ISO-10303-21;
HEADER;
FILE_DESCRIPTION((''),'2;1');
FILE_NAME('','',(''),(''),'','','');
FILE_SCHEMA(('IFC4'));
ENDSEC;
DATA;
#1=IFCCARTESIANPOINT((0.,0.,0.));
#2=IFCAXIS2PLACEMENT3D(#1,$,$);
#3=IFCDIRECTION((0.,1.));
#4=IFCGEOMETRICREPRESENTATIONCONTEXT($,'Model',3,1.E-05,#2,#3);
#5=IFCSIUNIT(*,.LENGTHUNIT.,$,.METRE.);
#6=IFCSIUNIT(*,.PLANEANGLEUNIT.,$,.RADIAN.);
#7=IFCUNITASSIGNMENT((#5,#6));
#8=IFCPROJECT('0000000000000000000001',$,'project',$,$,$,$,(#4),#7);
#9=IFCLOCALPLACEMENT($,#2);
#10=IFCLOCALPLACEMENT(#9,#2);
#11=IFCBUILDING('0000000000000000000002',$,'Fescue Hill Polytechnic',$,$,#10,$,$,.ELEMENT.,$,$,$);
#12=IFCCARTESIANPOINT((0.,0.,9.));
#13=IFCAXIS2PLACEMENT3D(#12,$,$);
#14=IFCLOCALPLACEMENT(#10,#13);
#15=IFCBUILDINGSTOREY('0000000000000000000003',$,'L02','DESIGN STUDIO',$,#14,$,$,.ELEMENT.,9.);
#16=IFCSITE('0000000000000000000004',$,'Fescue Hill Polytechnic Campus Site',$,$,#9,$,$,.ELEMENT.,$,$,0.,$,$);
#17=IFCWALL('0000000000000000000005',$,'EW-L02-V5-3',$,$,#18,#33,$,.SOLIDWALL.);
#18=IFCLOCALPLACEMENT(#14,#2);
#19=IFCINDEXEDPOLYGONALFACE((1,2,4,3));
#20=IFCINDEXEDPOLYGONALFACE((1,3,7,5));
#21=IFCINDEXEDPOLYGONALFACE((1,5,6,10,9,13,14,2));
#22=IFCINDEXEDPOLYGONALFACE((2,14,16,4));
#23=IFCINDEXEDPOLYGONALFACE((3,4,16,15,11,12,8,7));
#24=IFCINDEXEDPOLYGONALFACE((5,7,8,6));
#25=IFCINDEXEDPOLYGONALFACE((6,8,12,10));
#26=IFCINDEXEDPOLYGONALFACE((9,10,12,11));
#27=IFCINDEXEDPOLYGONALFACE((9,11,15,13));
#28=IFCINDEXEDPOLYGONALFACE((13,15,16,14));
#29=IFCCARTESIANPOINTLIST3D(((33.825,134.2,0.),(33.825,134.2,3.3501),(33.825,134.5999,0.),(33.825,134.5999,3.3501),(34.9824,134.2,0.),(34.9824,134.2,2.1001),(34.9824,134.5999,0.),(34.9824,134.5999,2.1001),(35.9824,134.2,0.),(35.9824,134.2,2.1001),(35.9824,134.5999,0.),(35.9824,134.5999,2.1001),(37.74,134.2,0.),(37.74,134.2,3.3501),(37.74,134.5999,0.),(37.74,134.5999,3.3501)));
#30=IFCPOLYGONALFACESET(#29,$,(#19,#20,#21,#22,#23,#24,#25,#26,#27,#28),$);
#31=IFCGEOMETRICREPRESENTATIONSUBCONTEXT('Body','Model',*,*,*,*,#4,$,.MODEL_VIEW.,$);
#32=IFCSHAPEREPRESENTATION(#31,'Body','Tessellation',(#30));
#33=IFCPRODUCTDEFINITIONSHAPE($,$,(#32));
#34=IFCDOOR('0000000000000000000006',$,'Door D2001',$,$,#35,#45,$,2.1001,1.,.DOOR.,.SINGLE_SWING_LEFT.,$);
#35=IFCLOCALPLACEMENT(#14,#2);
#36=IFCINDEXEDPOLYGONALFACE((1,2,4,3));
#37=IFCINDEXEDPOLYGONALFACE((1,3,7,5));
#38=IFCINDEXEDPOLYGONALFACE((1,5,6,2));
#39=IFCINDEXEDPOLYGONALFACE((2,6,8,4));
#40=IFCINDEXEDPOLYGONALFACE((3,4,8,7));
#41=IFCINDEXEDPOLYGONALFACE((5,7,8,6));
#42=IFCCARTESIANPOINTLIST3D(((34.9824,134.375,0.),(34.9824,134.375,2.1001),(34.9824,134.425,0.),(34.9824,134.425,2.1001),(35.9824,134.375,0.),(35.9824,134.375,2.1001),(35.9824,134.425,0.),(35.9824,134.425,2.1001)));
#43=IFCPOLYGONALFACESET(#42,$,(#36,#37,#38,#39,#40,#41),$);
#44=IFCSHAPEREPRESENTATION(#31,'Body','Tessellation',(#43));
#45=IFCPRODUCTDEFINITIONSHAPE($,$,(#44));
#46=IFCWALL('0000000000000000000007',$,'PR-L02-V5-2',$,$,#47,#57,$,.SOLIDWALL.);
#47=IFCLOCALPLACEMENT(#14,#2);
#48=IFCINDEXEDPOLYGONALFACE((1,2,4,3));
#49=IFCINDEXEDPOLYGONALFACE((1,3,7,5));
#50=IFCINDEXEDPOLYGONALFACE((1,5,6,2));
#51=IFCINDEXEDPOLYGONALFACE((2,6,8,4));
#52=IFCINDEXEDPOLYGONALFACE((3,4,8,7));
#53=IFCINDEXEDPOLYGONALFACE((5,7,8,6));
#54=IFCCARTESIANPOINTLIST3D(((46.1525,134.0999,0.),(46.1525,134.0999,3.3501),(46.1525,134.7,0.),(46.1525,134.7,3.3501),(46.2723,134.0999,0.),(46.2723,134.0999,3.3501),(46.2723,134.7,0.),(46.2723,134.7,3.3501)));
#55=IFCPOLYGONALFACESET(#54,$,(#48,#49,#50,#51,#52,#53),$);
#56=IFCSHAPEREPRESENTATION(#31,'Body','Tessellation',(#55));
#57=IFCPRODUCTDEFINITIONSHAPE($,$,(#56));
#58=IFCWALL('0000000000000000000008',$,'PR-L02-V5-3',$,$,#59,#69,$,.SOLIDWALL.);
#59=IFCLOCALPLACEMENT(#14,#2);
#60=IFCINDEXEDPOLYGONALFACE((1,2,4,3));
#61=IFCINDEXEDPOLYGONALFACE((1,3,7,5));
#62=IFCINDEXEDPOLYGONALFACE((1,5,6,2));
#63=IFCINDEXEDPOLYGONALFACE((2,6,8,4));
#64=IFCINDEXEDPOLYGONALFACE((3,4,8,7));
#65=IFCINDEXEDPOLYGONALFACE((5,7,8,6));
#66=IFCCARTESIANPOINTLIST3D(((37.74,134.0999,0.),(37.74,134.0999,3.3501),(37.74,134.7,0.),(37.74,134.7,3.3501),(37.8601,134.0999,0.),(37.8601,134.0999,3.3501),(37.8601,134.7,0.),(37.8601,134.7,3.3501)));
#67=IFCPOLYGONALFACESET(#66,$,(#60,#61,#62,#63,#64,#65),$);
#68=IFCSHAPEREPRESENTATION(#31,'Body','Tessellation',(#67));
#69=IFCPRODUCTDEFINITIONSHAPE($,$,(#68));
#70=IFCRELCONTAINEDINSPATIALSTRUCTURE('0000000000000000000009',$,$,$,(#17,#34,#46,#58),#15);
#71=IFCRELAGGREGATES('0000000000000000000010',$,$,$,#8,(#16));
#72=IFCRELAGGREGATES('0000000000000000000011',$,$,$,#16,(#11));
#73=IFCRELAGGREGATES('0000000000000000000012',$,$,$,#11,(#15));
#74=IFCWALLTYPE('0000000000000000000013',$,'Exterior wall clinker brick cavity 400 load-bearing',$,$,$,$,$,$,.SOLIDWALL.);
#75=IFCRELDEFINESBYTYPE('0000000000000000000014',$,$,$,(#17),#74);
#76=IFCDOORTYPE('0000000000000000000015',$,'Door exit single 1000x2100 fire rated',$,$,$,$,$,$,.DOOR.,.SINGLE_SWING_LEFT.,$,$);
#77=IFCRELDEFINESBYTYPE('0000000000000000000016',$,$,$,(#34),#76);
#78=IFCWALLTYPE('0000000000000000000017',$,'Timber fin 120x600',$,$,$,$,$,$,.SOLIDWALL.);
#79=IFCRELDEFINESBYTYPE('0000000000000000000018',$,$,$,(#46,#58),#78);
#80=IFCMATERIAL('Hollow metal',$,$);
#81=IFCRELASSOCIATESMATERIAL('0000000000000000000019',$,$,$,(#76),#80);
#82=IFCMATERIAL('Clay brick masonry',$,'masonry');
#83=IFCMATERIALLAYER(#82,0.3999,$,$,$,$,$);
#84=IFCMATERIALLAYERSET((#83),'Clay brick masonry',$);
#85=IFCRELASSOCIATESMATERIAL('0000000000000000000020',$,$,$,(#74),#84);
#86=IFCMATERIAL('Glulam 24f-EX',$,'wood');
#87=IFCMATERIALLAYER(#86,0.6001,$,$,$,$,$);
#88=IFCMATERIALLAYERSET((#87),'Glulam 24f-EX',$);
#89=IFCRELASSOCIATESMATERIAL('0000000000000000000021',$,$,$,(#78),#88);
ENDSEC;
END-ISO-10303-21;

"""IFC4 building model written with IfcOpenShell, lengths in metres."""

from ifc_helpers import new_model, si_unit, direction, frame, frame_2d, origin, place, context, subcontext, project, spatial, rectangle, extrude, material, layer, layer_set, type_object, element, fill, save


model = new_model("IFC4")

# Units and contexts
model_context = context("Model", 3, precision=1e-05, world=origin(), true_north=direction((0.0, 1.0)))
body_context = subcontext(model_context, "Body", "Model", "MODEL_VIEW")
ifc_project = project(units=[si_unit("LENGTHUNIT", "METRE"), si_unit("PLANEANGLEUNIT", "RADIAN")], contexts=[model_context])

# Site, building, storey
site_placement = place(None, origin())
site = spatial("IfcSite", under=ifc_project, at=site_placement, Name="Fescue Hill Polytechnic Campus Site", CompositionType="ELEMENT", RefElevation=0.0)
building_placement = place(site_placement, origin())
building = spatial("IfcBuilding", under=site, at=building_placement, Name="Fescue Hill Polytechnic", CompositionType="ELEMENT")
storey_placement = place(building_placement, frame((0.0, 0.0, 9.0)))
storey = spatial("IfcBuildingStorey", under=building, at=storey_placement, Name="L02", Description="DESIGN STUDIO", CompositionType="ELEMENT", Elevation=9.0)

# Wall, opening, door
ifc_material_1 = material(Name="Hollow metal")
door_type = type_object("IfcDoorType", Name="Door exit single 1000x2100 fire rated", OperationType="SINGLE_SWING_LEFT", PredefinedType="DOOR", material=ifc_material_1)
ifc_material_2 = material(Name="Clay brick masonry", Category="masonry")
ifc_layer_1 = layer(ifc_material_2, 0.3999)
ifc_layer_set_1 = layer_set([ifc_layer_1], Name="Clay brick masonry")
wall_type_1 = type_object("IfcWallType", Name="Exterior wall clinker brick cavity 400 load-bearing", PredefinedType="SOLIDWALL", material=ifc_layer_set_1)
wall_1_placement = place(storey_placement, frame((37.74, 134.3999, 0.0), z_axis=(0.0, 0.0, 1.0), x_axis=(-1.0, 0.0, 0.0)))
wall_1 = element("IfcWall", 1, at=wall_1_placement, inside=storey, type_object=wall_type_1, Name="EW-L02-V5-3", PredefinedType="SOLIDWALL", context=body_context, shape_type="SweptSolid", body=[
    extrude(rectangle(XDim=3.915, YDim=0.3999, at=frame_2d((1.9575, 0.0))), origin(), (0.0, 0.0, 1.0), 3.3501),
])
opening_1_placement = place(wall_1_placement, frame((1.7576, 0.0, 0.0)))
opening_1 = element("IfcOpeningElement", 2, at=opening_1_placement, cuts=wall_1, PredefinedType="OPENING", context=body_context, shape_type="SweptSolid", body=[
    extrude(rectangle(XDim=1.0, YDim=2.1001, at=frame_2d((0.5, 1.05))), frame((0.0, 0.21, 0.0), z_axis=(0.0, -1.0, 0.0), x_axis=(1.0, 0.0, 0.0)), (0.0, 0.0, 1.0), 0.4199),
])
door_1_placement = place(opening_1_placement, origin())
door_1 = element("IfcDoor", 3, at=door_1_placement, inside=storey, type_object=door_type, Name="Door D2001", OperationType="SINGLE_SWING_LEFT", OverallHeight=2.1001, OverallWidth=1.0, PredefinedType="DOOR", context=body_context, shape_type="SweptSolid", body=[
    extrude(rectangle(XDim=1.0, YDim=2.1001, at=frame_2d((0.5, 1.05))), frame((0.0, 0.0249, 0.0), z_axis=(0.0, -1.0, 0.0), x_axis=(1.0, 0.0, 0.0)), (0.0, 0.0, 1.0), 0.05),
])
fill(opening_1, door_1)

# Walls
ifc_material_3 = material(Name="Glulam 24f-EX", Category="wood")
ifc_layer_2 = layer(ifc_material_3, 0.6001)
ifc_layer_set_2 = layer_set([ifc_layer_2], Name="Glulam 24f-EX")
wall_type_2 = type_object("IfcWallType", Name="Timber fin 120x600", PredefinedType="SOLIDWALL", material=ifc_layer_set_2)
wall_2_placement = place(storey_placement, frame((46.2725, 134.3999, 0.0), z_axis=(0.0, 0.0, 1.0), x_axis=(-1.0, 0.0, 0.0)))
element("IfcWall", 4, at=wall_2_placement, inside=storey, type_object=wall_type_2, Name="PR-L02-V5-2", PredefinedType="SOLIDWALL", context=body_context, shape_type="SweptSolid", body=[
    extrude(rectangle(XDim=0.1199, YDim=0.6001, at=frame_2d((0.0601, 0.0))), origin(), (0.0, 0.0, 1.0), 3.3501),
])
wall_3_placement = place(storey_placement, frame((37.8601, 134.3999, 0.0), z_axis=(0.0, 0.0, 1.0), x_axis=(-1.0, 0.0, 0.0)))
element("IfcWall", 5, at=wall_3_placement, inside=storey, type_object=wall_type_2, Name="PR-L02-V5-3", PredefinedType="SOLIDWALL", context=body_context, shape_type="SweptSolid", body=[
    extrude(rectangle(XDim=0.1201, YDim=0.6001, at=frame_2d((0.0601, 0.0))), origin(), (0.0, 0.0, 1.0), 3.3501),
])

save(model, "model.ifc")
